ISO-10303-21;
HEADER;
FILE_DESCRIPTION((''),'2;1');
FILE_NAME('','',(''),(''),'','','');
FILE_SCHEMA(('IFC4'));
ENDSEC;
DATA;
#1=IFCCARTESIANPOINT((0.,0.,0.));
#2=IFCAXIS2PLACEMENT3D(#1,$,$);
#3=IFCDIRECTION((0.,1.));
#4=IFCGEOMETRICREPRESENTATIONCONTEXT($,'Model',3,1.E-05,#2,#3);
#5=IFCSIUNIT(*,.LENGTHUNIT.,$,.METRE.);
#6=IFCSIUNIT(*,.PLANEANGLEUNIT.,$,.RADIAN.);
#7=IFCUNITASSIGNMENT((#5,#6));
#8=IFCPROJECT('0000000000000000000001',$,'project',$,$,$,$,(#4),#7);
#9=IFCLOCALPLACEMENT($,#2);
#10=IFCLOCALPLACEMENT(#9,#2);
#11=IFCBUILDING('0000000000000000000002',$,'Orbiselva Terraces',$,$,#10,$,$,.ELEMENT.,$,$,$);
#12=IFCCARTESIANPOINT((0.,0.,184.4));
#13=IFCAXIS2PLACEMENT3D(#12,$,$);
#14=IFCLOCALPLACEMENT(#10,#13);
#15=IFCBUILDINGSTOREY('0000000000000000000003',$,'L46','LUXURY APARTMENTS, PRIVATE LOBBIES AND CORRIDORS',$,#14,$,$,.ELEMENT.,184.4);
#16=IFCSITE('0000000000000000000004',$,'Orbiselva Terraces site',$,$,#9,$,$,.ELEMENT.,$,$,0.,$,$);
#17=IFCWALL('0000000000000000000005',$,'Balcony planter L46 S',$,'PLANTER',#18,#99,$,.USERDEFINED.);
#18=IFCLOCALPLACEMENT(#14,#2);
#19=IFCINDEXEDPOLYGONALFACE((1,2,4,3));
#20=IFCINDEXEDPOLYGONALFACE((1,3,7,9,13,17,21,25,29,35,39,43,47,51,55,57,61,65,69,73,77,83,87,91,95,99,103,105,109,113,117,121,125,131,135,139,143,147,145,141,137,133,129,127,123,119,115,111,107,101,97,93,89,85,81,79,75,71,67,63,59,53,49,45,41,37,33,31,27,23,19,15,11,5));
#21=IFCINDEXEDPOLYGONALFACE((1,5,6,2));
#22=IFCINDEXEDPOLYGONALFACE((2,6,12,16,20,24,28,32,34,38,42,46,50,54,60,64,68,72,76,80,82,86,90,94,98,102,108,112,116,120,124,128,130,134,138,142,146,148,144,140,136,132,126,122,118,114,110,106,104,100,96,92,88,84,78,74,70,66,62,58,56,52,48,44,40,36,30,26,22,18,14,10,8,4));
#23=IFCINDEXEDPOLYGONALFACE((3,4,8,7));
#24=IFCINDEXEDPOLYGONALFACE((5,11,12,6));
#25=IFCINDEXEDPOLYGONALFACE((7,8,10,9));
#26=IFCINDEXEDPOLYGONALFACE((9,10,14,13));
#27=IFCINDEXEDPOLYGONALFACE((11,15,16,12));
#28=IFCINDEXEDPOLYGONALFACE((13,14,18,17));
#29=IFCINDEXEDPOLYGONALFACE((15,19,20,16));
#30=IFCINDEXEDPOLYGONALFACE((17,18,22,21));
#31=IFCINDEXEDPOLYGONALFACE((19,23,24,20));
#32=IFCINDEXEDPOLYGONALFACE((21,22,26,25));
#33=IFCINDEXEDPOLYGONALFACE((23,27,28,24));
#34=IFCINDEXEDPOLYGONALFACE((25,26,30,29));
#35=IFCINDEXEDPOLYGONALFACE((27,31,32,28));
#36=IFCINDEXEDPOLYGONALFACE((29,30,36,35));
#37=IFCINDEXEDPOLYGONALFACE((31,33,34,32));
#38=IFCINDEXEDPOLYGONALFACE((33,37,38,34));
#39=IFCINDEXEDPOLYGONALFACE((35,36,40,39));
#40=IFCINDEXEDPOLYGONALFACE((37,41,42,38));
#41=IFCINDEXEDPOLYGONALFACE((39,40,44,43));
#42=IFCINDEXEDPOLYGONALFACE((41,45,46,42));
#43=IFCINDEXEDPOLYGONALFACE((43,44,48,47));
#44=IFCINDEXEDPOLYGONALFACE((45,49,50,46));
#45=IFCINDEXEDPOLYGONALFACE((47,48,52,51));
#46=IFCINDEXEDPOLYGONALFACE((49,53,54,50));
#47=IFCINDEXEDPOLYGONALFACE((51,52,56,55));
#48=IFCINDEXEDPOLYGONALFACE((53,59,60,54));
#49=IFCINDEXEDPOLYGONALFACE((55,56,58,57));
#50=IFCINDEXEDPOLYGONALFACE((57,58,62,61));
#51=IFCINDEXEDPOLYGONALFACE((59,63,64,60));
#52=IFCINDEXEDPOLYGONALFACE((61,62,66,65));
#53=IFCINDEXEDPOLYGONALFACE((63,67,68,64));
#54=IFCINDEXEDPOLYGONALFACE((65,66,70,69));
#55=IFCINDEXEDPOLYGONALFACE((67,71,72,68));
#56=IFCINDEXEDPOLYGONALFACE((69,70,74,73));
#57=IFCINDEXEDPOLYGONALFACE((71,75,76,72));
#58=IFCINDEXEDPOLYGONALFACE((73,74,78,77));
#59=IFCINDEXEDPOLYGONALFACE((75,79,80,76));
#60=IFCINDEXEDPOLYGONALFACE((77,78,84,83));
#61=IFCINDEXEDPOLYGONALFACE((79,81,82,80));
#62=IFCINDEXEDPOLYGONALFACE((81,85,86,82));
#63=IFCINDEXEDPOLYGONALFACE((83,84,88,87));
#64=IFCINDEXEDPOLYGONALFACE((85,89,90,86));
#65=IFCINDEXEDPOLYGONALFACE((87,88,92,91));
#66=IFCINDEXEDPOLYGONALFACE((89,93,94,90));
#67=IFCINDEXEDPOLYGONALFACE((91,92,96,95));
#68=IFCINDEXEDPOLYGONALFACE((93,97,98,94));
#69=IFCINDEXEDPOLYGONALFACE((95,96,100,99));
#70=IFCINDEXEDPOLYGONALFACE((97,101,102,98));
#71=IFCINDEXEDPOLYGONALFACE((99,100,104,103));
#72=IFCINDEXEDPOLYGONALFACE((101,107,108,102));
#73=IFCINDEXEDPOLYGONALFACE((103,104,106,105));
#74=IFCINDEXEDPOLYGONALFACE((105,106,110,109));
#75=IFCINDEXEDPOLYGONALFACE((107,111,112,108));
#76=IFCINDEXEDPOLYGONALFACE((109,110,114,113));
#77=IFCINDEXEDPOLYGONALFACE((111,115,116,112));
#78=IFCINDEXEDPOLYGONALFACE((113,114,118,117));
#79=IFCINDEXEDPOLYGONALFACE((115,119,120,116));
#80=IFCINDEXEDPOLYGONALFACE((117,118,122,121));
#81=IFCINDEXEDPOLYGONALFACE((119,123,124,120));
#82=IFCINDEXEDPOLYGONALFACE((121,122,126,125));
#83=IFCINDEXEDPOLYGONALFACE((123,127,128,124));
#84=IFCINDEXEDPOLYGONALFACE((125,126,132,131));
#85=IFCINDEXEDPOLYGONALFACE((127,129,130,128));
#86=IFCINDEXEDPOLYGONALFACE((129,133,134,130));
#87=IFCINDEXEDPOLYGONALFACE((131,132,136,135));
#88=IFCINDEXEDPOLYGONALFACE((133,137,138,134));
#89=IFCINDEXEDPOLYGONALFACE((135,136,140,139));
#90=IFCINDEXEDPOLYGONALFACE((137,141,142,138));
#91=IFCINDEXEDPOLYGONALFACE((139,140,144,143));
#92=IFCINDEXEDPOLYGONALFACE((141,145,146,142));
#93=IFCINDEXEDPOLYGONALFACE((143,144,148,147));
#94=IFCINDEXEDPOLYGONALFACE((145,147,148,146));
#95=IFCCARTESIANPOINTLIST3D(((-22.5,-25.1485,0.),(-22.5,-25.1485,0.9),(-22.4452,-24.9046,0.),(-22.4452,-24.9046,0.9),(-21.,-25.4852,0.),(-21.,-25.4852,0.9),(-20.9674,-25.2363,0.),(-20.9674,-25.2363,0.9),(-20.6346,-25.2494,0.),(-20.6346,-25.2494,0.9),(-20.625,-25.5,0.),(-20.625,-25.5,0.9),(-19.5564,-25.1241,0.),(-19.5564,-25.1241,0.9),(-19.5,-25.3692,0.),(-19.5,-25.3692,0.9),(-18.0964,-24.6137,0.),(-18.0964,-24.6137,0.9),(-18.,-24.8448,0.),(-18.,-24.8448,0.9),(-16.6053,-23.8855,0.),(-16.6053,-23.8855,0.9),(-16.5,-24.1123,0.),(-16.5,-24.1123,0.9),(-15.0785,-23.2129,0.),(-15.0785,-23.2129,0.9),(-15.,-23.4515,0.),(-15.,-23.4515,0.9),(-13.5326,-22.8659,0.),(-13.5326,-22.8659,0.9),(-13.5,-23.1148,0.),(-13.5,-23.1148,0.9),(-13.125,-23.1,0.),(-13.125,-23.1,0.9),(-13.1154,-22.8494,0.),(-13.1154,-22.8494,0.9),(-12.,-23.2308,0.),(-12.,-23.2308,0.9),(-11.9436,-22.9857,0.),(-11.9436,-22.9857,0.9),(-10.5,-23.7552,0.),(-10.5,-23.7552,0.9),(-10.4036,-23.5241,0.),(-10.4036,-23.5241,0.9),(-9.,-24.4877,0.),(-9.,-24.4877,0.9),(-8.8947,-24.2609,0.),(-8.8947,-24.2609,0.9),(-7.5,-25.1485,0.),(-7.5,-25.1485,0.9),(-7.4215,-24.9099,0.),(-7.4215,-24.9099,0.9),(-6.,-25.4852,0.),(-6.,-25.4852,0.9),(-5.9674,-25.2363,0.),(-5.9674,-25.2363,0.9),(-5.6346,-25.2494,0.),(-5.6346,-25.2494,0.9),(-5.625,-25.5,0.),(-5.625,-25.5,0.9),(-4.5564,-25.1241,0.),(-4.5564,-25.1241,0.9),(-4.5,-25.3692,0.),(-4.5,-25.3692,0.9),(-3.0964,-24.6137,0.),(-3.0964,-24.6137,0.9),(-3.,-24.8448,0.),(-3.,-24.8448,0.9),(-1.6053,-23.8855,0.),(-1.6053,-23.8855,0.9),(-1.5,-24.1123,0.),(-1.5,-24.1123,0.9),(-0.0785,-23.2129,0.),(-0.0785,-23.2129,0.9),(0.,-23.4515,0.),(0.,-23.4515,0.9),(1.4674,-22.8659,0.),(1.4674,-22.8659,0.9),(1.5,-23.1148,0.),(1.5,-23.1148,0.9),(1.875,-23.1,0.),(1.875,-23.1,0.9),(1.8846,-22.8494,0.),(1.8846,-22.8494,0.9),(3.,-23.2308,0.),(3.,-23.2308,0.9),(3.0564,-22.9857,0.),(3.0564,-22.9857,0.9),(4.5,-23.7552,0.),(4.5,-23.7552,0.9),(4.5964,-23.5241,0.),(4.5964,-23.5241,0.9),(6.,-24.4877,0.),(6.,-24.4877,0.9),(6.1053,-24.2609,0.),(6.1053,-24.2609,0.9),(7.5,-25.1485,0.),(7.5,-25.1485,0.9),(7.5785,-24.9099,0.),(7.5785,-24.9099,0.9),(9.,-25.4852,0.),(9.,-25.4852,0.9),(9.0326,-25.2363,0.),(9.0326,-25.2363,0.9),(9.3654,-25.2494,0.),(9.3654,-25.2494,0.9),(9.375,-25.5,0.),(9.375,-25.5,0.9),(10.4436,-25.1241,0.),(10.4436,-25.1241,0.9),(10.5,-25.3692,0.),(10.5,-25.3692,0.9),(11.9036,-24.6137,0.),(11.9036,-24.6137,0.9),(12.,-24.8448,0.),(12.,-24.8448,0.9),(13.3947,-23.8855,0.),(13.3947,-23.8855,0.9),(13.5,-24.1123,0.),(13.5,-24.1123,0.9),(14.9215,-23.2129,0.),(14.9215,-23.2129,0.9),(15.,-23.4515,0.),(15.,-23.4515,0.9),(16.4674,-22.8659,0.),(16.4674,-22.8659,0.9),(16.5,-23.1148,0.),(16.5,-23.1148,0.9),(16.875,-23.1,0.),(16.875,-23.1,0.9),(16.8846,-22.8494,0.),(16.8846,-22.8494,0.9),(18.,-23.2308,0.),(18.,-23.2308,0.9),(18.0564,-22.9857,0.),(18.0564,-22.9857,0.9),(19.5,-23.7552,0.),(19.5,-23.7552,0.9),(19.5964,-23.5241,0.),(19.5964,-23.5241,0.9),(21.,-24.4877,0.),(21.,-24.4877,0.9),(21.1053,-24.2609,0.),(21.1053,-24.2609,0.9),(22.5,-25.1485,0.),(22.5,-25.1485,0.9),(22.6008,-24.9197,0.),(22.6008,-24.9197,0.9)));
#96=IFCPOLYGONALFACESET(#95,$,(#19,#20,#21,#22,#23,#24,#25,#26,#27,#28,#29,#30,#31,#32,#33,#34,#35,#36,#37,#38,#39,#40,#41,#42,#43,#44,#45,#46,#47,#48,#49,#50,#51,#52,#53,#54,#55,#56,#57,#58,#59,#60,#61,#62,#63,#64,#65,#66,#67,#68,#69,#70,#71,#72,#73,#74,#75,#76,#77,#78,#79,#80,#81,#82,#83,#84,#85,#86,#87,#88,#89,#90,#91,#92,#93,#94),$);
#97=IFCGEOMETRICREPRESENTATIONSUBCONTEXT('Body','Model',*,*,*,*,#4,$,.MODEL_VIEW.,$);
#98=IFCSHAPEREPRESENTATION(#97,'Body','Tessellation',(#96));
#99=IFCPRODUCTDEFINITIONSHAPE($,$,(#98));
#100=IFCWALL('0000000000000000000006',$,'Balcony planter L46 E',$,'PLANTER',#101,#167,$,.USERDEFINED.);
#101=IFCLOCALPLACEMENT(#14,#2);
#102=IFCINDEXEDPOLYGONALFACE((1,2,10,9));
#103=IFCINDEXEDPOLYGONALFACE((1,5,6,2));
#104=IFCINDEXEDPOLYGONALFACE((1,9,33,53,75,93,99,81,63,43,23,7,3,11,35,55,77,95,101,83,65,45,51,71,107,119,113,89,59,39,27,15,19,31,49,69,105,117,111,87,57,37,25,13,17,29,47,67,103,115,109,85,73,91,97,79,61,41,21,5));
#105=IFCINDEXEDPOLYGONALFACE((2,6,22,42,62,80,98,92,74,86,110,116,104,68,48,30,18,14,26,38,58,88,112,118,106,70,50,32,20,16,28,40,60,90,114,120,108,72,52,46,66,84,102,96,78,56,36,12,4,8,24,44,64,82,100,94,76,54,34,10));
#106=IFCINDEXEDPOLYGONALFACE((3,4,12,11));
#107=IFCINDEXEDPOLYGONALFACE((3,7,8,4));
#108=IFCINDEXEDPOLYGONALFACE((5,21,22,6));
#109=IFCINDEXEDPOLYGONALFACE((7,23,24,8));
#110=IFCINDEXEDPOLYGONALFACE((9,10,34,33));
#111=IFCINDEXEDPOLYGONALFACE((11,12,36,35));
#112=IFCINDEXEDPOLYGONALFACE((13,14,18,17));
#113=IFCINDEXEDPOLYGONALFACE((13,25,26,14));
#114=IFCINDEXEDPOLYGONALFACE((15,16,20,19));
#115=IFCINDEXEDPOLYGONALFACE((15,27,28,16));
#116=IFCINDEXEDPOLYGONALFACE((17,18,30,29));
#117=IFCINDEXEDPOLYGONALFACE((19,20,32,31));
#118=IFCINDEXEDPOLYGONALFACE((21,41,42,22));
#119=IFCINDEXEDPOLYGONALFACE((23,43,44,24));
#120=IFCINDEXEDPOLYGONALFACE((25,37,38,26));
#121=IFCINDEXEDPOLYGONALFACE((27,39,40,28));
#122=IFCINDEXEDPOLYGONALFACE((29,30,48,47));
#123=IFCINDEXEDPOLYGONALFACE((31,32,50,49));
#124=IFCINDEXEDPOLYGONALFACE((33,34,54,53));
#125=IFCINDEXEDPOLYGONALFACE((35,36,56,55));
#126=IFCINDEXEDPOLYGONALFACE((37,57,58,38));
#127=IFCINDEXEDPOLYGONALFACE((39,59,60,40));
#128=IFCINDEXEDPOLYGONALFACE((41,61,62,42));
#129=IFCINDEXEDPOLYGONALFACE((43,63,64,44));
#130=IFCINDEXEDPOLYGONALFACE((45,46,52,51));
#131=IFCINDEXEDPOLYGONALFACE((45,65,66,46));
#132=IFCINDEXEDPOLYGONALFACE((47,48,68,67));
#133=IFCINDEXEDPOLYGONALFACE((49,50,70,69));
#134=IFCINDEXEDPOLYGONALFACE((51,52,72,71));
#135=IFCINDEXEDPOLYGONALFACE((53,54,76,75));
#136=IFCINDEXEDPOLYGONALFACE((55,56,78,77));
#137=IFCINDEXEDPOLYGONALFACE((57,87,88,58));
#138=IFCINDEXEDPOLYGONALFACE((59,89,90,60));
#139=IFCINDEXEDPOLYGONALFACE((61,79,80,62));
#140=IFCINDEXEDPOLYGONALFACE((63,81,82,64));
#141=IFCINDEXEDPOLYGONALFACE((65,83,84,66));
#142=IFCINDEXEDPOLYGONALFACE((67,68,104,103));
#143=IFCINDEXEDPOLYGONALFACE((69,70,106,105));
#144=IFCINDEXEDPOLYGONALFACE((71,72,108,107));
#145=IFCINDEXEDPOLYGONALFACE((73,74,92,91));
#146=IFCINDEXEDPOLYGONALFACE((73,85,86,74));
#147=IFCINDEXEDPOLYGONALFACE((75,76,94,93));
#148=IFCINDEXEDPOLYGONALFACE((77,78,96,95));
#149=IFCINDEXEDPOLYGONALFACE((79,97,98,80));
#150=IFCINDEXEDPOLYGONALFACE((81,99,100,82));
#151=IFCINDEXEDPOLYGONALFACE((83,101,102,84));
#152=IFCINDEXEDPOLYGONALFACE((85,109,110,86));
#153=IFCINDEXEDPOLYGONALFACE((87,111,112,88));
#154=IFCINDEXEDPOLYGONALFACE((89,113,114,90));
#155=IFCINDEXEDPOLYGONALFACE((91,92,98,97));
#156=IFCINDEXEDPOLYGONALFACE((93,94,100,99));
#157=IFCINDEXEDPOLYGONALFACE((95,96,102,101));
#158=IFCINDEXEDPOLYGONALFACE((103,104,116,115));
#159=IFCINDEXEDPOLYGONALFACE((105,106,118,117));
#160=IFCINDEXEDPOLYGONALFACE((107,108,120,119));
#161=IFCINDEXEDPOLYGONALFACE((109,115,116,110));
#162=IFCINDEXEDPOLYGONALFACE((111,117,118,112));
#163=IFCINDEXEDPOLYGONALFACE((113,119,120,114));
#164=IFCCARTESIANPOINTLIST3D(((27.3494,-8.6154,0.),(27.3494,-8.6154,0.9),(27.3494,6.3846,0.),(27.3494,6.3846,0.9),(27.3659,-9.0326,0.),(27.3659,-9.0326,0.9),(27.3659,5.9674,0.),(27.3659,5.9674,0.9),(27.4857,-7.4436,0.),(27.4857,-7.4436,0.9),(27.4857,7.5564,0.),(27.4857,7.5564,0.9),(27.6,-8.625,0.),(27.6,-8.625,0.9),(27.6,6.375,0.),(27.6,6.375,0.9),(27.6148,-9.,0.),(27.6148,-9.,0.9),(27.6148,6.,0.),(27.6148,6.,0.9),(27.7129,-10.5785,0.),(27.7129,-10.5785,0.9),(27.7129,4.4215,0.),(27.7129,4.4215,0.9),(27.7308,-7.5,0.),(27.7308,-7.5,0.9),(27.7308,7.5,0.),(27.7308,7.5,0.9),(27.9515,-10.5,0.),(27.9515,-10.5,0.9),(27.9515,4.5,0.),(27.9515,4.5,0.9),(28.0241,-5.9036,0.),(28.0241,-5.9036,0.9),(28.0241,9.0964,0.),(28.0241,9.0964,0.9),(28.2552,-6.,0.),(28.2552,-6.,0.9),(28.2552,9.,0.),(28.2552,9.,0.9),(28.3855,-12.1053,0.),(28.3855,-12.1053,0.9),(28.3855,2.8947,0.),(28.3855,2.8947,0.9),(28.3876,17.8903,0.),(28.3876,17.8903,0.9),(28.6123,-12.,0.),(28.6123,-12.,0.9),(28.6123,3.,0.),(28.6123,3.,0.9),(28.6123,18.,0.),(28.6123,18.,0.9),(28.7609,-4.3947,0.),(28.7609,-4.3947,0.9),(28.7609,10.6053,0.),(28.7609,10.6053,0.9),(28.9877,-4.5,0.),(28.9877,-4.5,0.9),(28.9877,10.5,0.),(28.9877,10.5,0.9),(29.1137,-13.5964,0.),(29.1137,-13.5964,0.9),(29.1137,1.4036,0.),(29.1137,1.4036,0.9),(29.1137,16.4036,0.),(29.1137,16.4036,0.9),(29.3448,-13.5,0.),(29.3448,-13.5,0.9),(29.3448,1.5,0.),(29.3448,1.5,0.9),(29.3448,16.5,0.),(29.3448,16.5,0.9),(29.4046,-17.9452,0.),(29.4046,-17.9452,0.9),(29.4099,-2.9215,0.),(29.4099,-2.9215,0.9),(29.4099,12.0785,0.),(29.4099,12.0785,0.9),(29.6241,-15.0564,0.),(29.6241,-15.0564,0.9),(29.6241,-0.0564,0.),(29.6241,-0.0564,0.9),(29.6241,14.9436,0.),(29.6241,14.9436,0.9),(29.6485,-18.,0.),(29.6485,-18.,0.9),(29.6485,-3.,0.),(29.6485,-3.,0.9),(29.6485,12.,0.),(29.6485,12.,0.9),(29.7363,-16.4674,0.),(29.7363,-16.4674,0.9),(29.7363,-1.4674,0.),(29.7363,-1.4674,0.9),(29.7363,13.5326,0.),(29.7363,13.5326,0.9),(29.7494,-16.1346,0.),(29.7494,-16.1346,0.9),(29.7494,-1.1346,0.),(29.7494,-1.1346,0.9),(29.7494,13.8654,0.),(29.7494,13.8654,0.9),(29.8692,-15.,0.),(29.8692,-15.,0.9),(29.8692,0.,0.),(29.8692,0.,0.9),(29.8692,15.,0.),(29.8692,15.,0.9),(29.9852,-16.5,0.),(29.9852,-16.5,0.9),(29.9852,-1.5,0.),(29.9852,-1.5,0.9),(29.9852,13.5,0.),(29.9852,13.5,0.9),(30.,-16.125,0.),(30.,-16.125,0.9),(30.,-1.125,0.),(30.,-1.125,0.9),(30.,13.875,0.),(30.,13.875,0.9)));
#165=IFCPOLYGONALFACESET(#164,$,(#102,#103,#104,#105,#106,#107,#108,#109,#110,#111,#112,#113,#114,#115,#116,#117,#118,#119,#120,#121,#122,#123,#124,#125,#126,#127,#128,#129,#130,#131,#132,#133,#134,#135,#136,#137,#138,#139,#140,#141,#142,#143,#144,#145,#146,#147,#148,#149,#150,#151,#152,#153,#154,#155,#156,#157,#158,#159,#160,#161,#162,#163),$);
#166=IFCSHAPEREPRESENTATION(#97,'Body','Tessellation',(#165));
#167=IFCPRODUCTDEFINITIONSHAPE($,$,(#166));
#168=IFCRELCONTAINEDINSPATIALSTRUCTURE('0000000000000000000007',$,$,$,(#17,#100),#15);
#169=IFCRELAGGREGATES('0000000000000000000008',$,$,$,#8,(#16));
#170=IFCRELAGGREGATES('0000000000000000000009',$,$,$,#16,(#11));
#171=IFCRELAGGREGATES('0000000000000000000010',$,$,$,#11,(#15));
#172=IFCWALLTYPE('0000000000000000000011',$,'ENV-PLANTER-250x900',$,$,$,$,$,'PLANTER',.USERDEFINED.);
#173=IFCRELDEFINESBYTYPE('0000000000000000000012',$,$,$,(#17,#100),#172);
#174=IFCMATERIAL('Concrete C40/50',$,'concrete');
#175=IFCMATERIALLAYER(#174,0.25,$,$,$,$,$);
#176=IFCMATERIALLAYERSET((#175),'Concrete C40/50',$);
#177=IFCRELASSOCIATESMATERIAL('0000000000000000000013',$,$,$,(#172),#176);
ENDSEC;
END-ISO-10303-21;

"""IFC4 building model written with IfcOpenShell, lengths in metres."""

from ifc_helpers import new_model, si_unit, direction, frame, origin, place, context, subcontext, project, spatial, polyline, outline, extrude, material, layer, layer_set, type_object, element, save


model = new_model("IFC4")

# Units and contexts
model_context = context("Model", 3, precision=1e-05, world=origin(), true_north=direction((0.0, 1.0)))
body_context = subcontext(model_context, "Body", "Model", "MODEL_VIEW")
ifc_project = project(units=[si_unit("LENGTHUNIT", "METRE"), si_unit("PLANEANGLEUNIT", "RADIAN")], contexts=[model_context])

# Site, building, storey
site_placement = place(None, origin())
site = spatial("IfcSite", under=ifc_project, at=site_placement, Name="Orbiselva Terraces site", CompositionType="ELEMENT", RefElevation=0.0)
building_placement = place(site_placement, origin())
building = spatial("IfcBuilding", under=site, at=building_placement, Name="Orbiselva Terraces", CompositionType="ELEMENT")
storey_placement = place(building_placement, frame((0.0, 0.0, 184.4)))
storey = spatial("IfcBuildingStorey", under=building, at=storey_placement, Name="L46", Description="LUXURY APARTMENTS, PRIVATE LOBBIES AND CORRIDORS", CompositionType="ELEMENT", Elevation=184.4)

# Walls
ifc_material_1 = material(Name="Concrete C40/50", Category="concrete")
ifc_layer_1 = layer(ifc_material_1, 0.25)
ifc_layer_set_1 = layer_set([ifc_layer_1], Name="Concrete C40/50")
wall_type_1 = type_object("IfcWallType", Name="ENV-PLANTER-250x900", ElementType="PLANTER", PredefinedType="USERDEFINED", material=ifc_layer_set_1)
wall_1_placement = place(storey_placement, origin())
element("IfcWall", 1, at=wall_1_placement, inside=storey, type_object=wall_type_1, Name="Balcony planter L46 S", ObjectType="PLANTER", PredefinedType="USERDEFINED", context=body_context, shape_type="SweptSolid", body=[
    extrude(outline(polyline([(-22.5, -25.1485), (-21.0, -25.4852), (-20.625, -25.5), (-19.5, -25.3692), (-18.0, -24.8448), (-16.5, -24.1123), (-15.0, -23.4515), (-13.5, -23.1148), (-13.125, -23.1), (-12.0, -23.2308), (-10.5, -23.7552), (-9.0, -24.4877), (-7.5, -25.1485), (-6.0, -25.4852), (-5.625, -25.5), (-4.5, -25.3692), (-3.0, -24.8448), (-1.5, -24.1123), (0.0, -23.4515), (1.5, -23.1148), (1.875, -23.1), (3.0, -23.2308), (4.5, -23.7552), (6.0, -24.4877), (7.5, -25.1485), (9.0, -25.4852), (9.375, -25.5), (10.5, -25.3692), (12.0, -24.8448), (13.5, -24.1123), (15.0, -23.4515), (16.5, -23.1148), (16.875, -23.1), (18.0, -23.2308), (19.5, -23.7552), (21.0, -24.4877), (22.5, -25.1485), (22.6008, -24.9197), (21.1053, -24.2609), (19.5964, -23.5241), (18.0564, -22.9857), (16.8846, -22.8494), (16.4674, -22.8659), (14.9215, -23.2129), (13.3947, -23.8855), (11.9036, -24.6137), (10.4436, -25.1241), (9.3654, -25.2494), (9.0326, -25.2363), (7.5785, -24.9099), (6.1053, -24.2609), (4.5964, -23.5241), (3.0564, -22.9857), (1.8846, -22.8494), (1.4674, -22.8659), (-0.0785, -23.2129), (-1.6053, -23.8855), (-3.0964, -24.6137), (-4.5564, -25.1241), (-5.6346, -25.2494), (-5.9674, -25.2363), (-7.4215, -24.9099), (-8.8947, -24.2609), (-10.4036, -23.5241), (-11.9436, -22.9857), (-13.1154, -22.8494), (-13.5326, -22.8659), (-15.0785, -23.2129), (-16.6053, -23.8855), (-18.0964, -24.6137), (-19.5564, -25.1241), (-20.6346, -25.2494), (-20.9674, -25.2363), (-22.4452, -24.9046), (-22.5, -25.1485)])), origin(), (0.0, 0.0, 1.0), 0.9),
])
wall_2_placement = place(storey_placement, origin())
element("IfcWall", 2, at=wall_2_placement, inside=storey, type_object=wall_type_1, Name="Balcony planter L46 E", ObjectType="PLANTER", PredefinedType="USERDEFINED", context=body_context, shape_type="SweptSolid", body=[
    extrude(outline(polyline([(29.6485, -18.0), (29.9852, -16.5), (30.0, -16.125), (29.8692, -15.0), (29.3448, -13.5), (28.6123, -12.0), (27.9515, -10.5), (27.6148, -9.0), (27.6, -8.625), (27.7308, -7.5), (28.2552, -6.0), (28.9877, -4.5), (29.6485, -3.0), (29.9852, -1.5), (30.0, -1.125), (29.8692, 0.0), (29.3448, 1.5), (28.6123, 3.0), (27.9515, 4.5), (27.6148, 6.0), (27.6, 6.375), (27.7308, 7.5), (28.2552, 9.0), (28.9877, 10.5), (29.6485, 12.0), (29.9852, 13.5), (30.0, 13.875), (29.8692, 15.0), (29.3448, 16.5), (28.6123, 18.0), (28.3876, 17.8903), (29.1137, 16.4036), (29.6241, 14.9436), (29.7494, 13.8654), (29.7363, 13.5326), (29.4099, 12.0785), (28.7609, 10.6053), (28.0241, 9.0964), (27.4857, 7.5564), (27.3494, 6.3846), (27.3659, 5.9674), (27.7129, 4.4215), (28.3855, 2.8947), (29.1137, 1.4036), (29.6241, -0.0564), (29.7494, -1.1346), (29.7363, -1.4674), (29.4099, -2.9215), (28.7609, -4.3947), (28.0241, -5.9036), (27.4857, -7.4436), (27.3494, -8.6154), (27.3659, -9.0326), (27.7129, -10.5785), (28.3855, -12.1053), (29.1137, -13.5964), (29.6241, -15.0564), (29.7494, -16.1346), (29.7363, -16.4674), (29.4046, -17.9452), (29.6485, -18.0)])), origin(), (0.0, 0.0, 1.0), 0.9),
])

save(model, "model.ifc")
